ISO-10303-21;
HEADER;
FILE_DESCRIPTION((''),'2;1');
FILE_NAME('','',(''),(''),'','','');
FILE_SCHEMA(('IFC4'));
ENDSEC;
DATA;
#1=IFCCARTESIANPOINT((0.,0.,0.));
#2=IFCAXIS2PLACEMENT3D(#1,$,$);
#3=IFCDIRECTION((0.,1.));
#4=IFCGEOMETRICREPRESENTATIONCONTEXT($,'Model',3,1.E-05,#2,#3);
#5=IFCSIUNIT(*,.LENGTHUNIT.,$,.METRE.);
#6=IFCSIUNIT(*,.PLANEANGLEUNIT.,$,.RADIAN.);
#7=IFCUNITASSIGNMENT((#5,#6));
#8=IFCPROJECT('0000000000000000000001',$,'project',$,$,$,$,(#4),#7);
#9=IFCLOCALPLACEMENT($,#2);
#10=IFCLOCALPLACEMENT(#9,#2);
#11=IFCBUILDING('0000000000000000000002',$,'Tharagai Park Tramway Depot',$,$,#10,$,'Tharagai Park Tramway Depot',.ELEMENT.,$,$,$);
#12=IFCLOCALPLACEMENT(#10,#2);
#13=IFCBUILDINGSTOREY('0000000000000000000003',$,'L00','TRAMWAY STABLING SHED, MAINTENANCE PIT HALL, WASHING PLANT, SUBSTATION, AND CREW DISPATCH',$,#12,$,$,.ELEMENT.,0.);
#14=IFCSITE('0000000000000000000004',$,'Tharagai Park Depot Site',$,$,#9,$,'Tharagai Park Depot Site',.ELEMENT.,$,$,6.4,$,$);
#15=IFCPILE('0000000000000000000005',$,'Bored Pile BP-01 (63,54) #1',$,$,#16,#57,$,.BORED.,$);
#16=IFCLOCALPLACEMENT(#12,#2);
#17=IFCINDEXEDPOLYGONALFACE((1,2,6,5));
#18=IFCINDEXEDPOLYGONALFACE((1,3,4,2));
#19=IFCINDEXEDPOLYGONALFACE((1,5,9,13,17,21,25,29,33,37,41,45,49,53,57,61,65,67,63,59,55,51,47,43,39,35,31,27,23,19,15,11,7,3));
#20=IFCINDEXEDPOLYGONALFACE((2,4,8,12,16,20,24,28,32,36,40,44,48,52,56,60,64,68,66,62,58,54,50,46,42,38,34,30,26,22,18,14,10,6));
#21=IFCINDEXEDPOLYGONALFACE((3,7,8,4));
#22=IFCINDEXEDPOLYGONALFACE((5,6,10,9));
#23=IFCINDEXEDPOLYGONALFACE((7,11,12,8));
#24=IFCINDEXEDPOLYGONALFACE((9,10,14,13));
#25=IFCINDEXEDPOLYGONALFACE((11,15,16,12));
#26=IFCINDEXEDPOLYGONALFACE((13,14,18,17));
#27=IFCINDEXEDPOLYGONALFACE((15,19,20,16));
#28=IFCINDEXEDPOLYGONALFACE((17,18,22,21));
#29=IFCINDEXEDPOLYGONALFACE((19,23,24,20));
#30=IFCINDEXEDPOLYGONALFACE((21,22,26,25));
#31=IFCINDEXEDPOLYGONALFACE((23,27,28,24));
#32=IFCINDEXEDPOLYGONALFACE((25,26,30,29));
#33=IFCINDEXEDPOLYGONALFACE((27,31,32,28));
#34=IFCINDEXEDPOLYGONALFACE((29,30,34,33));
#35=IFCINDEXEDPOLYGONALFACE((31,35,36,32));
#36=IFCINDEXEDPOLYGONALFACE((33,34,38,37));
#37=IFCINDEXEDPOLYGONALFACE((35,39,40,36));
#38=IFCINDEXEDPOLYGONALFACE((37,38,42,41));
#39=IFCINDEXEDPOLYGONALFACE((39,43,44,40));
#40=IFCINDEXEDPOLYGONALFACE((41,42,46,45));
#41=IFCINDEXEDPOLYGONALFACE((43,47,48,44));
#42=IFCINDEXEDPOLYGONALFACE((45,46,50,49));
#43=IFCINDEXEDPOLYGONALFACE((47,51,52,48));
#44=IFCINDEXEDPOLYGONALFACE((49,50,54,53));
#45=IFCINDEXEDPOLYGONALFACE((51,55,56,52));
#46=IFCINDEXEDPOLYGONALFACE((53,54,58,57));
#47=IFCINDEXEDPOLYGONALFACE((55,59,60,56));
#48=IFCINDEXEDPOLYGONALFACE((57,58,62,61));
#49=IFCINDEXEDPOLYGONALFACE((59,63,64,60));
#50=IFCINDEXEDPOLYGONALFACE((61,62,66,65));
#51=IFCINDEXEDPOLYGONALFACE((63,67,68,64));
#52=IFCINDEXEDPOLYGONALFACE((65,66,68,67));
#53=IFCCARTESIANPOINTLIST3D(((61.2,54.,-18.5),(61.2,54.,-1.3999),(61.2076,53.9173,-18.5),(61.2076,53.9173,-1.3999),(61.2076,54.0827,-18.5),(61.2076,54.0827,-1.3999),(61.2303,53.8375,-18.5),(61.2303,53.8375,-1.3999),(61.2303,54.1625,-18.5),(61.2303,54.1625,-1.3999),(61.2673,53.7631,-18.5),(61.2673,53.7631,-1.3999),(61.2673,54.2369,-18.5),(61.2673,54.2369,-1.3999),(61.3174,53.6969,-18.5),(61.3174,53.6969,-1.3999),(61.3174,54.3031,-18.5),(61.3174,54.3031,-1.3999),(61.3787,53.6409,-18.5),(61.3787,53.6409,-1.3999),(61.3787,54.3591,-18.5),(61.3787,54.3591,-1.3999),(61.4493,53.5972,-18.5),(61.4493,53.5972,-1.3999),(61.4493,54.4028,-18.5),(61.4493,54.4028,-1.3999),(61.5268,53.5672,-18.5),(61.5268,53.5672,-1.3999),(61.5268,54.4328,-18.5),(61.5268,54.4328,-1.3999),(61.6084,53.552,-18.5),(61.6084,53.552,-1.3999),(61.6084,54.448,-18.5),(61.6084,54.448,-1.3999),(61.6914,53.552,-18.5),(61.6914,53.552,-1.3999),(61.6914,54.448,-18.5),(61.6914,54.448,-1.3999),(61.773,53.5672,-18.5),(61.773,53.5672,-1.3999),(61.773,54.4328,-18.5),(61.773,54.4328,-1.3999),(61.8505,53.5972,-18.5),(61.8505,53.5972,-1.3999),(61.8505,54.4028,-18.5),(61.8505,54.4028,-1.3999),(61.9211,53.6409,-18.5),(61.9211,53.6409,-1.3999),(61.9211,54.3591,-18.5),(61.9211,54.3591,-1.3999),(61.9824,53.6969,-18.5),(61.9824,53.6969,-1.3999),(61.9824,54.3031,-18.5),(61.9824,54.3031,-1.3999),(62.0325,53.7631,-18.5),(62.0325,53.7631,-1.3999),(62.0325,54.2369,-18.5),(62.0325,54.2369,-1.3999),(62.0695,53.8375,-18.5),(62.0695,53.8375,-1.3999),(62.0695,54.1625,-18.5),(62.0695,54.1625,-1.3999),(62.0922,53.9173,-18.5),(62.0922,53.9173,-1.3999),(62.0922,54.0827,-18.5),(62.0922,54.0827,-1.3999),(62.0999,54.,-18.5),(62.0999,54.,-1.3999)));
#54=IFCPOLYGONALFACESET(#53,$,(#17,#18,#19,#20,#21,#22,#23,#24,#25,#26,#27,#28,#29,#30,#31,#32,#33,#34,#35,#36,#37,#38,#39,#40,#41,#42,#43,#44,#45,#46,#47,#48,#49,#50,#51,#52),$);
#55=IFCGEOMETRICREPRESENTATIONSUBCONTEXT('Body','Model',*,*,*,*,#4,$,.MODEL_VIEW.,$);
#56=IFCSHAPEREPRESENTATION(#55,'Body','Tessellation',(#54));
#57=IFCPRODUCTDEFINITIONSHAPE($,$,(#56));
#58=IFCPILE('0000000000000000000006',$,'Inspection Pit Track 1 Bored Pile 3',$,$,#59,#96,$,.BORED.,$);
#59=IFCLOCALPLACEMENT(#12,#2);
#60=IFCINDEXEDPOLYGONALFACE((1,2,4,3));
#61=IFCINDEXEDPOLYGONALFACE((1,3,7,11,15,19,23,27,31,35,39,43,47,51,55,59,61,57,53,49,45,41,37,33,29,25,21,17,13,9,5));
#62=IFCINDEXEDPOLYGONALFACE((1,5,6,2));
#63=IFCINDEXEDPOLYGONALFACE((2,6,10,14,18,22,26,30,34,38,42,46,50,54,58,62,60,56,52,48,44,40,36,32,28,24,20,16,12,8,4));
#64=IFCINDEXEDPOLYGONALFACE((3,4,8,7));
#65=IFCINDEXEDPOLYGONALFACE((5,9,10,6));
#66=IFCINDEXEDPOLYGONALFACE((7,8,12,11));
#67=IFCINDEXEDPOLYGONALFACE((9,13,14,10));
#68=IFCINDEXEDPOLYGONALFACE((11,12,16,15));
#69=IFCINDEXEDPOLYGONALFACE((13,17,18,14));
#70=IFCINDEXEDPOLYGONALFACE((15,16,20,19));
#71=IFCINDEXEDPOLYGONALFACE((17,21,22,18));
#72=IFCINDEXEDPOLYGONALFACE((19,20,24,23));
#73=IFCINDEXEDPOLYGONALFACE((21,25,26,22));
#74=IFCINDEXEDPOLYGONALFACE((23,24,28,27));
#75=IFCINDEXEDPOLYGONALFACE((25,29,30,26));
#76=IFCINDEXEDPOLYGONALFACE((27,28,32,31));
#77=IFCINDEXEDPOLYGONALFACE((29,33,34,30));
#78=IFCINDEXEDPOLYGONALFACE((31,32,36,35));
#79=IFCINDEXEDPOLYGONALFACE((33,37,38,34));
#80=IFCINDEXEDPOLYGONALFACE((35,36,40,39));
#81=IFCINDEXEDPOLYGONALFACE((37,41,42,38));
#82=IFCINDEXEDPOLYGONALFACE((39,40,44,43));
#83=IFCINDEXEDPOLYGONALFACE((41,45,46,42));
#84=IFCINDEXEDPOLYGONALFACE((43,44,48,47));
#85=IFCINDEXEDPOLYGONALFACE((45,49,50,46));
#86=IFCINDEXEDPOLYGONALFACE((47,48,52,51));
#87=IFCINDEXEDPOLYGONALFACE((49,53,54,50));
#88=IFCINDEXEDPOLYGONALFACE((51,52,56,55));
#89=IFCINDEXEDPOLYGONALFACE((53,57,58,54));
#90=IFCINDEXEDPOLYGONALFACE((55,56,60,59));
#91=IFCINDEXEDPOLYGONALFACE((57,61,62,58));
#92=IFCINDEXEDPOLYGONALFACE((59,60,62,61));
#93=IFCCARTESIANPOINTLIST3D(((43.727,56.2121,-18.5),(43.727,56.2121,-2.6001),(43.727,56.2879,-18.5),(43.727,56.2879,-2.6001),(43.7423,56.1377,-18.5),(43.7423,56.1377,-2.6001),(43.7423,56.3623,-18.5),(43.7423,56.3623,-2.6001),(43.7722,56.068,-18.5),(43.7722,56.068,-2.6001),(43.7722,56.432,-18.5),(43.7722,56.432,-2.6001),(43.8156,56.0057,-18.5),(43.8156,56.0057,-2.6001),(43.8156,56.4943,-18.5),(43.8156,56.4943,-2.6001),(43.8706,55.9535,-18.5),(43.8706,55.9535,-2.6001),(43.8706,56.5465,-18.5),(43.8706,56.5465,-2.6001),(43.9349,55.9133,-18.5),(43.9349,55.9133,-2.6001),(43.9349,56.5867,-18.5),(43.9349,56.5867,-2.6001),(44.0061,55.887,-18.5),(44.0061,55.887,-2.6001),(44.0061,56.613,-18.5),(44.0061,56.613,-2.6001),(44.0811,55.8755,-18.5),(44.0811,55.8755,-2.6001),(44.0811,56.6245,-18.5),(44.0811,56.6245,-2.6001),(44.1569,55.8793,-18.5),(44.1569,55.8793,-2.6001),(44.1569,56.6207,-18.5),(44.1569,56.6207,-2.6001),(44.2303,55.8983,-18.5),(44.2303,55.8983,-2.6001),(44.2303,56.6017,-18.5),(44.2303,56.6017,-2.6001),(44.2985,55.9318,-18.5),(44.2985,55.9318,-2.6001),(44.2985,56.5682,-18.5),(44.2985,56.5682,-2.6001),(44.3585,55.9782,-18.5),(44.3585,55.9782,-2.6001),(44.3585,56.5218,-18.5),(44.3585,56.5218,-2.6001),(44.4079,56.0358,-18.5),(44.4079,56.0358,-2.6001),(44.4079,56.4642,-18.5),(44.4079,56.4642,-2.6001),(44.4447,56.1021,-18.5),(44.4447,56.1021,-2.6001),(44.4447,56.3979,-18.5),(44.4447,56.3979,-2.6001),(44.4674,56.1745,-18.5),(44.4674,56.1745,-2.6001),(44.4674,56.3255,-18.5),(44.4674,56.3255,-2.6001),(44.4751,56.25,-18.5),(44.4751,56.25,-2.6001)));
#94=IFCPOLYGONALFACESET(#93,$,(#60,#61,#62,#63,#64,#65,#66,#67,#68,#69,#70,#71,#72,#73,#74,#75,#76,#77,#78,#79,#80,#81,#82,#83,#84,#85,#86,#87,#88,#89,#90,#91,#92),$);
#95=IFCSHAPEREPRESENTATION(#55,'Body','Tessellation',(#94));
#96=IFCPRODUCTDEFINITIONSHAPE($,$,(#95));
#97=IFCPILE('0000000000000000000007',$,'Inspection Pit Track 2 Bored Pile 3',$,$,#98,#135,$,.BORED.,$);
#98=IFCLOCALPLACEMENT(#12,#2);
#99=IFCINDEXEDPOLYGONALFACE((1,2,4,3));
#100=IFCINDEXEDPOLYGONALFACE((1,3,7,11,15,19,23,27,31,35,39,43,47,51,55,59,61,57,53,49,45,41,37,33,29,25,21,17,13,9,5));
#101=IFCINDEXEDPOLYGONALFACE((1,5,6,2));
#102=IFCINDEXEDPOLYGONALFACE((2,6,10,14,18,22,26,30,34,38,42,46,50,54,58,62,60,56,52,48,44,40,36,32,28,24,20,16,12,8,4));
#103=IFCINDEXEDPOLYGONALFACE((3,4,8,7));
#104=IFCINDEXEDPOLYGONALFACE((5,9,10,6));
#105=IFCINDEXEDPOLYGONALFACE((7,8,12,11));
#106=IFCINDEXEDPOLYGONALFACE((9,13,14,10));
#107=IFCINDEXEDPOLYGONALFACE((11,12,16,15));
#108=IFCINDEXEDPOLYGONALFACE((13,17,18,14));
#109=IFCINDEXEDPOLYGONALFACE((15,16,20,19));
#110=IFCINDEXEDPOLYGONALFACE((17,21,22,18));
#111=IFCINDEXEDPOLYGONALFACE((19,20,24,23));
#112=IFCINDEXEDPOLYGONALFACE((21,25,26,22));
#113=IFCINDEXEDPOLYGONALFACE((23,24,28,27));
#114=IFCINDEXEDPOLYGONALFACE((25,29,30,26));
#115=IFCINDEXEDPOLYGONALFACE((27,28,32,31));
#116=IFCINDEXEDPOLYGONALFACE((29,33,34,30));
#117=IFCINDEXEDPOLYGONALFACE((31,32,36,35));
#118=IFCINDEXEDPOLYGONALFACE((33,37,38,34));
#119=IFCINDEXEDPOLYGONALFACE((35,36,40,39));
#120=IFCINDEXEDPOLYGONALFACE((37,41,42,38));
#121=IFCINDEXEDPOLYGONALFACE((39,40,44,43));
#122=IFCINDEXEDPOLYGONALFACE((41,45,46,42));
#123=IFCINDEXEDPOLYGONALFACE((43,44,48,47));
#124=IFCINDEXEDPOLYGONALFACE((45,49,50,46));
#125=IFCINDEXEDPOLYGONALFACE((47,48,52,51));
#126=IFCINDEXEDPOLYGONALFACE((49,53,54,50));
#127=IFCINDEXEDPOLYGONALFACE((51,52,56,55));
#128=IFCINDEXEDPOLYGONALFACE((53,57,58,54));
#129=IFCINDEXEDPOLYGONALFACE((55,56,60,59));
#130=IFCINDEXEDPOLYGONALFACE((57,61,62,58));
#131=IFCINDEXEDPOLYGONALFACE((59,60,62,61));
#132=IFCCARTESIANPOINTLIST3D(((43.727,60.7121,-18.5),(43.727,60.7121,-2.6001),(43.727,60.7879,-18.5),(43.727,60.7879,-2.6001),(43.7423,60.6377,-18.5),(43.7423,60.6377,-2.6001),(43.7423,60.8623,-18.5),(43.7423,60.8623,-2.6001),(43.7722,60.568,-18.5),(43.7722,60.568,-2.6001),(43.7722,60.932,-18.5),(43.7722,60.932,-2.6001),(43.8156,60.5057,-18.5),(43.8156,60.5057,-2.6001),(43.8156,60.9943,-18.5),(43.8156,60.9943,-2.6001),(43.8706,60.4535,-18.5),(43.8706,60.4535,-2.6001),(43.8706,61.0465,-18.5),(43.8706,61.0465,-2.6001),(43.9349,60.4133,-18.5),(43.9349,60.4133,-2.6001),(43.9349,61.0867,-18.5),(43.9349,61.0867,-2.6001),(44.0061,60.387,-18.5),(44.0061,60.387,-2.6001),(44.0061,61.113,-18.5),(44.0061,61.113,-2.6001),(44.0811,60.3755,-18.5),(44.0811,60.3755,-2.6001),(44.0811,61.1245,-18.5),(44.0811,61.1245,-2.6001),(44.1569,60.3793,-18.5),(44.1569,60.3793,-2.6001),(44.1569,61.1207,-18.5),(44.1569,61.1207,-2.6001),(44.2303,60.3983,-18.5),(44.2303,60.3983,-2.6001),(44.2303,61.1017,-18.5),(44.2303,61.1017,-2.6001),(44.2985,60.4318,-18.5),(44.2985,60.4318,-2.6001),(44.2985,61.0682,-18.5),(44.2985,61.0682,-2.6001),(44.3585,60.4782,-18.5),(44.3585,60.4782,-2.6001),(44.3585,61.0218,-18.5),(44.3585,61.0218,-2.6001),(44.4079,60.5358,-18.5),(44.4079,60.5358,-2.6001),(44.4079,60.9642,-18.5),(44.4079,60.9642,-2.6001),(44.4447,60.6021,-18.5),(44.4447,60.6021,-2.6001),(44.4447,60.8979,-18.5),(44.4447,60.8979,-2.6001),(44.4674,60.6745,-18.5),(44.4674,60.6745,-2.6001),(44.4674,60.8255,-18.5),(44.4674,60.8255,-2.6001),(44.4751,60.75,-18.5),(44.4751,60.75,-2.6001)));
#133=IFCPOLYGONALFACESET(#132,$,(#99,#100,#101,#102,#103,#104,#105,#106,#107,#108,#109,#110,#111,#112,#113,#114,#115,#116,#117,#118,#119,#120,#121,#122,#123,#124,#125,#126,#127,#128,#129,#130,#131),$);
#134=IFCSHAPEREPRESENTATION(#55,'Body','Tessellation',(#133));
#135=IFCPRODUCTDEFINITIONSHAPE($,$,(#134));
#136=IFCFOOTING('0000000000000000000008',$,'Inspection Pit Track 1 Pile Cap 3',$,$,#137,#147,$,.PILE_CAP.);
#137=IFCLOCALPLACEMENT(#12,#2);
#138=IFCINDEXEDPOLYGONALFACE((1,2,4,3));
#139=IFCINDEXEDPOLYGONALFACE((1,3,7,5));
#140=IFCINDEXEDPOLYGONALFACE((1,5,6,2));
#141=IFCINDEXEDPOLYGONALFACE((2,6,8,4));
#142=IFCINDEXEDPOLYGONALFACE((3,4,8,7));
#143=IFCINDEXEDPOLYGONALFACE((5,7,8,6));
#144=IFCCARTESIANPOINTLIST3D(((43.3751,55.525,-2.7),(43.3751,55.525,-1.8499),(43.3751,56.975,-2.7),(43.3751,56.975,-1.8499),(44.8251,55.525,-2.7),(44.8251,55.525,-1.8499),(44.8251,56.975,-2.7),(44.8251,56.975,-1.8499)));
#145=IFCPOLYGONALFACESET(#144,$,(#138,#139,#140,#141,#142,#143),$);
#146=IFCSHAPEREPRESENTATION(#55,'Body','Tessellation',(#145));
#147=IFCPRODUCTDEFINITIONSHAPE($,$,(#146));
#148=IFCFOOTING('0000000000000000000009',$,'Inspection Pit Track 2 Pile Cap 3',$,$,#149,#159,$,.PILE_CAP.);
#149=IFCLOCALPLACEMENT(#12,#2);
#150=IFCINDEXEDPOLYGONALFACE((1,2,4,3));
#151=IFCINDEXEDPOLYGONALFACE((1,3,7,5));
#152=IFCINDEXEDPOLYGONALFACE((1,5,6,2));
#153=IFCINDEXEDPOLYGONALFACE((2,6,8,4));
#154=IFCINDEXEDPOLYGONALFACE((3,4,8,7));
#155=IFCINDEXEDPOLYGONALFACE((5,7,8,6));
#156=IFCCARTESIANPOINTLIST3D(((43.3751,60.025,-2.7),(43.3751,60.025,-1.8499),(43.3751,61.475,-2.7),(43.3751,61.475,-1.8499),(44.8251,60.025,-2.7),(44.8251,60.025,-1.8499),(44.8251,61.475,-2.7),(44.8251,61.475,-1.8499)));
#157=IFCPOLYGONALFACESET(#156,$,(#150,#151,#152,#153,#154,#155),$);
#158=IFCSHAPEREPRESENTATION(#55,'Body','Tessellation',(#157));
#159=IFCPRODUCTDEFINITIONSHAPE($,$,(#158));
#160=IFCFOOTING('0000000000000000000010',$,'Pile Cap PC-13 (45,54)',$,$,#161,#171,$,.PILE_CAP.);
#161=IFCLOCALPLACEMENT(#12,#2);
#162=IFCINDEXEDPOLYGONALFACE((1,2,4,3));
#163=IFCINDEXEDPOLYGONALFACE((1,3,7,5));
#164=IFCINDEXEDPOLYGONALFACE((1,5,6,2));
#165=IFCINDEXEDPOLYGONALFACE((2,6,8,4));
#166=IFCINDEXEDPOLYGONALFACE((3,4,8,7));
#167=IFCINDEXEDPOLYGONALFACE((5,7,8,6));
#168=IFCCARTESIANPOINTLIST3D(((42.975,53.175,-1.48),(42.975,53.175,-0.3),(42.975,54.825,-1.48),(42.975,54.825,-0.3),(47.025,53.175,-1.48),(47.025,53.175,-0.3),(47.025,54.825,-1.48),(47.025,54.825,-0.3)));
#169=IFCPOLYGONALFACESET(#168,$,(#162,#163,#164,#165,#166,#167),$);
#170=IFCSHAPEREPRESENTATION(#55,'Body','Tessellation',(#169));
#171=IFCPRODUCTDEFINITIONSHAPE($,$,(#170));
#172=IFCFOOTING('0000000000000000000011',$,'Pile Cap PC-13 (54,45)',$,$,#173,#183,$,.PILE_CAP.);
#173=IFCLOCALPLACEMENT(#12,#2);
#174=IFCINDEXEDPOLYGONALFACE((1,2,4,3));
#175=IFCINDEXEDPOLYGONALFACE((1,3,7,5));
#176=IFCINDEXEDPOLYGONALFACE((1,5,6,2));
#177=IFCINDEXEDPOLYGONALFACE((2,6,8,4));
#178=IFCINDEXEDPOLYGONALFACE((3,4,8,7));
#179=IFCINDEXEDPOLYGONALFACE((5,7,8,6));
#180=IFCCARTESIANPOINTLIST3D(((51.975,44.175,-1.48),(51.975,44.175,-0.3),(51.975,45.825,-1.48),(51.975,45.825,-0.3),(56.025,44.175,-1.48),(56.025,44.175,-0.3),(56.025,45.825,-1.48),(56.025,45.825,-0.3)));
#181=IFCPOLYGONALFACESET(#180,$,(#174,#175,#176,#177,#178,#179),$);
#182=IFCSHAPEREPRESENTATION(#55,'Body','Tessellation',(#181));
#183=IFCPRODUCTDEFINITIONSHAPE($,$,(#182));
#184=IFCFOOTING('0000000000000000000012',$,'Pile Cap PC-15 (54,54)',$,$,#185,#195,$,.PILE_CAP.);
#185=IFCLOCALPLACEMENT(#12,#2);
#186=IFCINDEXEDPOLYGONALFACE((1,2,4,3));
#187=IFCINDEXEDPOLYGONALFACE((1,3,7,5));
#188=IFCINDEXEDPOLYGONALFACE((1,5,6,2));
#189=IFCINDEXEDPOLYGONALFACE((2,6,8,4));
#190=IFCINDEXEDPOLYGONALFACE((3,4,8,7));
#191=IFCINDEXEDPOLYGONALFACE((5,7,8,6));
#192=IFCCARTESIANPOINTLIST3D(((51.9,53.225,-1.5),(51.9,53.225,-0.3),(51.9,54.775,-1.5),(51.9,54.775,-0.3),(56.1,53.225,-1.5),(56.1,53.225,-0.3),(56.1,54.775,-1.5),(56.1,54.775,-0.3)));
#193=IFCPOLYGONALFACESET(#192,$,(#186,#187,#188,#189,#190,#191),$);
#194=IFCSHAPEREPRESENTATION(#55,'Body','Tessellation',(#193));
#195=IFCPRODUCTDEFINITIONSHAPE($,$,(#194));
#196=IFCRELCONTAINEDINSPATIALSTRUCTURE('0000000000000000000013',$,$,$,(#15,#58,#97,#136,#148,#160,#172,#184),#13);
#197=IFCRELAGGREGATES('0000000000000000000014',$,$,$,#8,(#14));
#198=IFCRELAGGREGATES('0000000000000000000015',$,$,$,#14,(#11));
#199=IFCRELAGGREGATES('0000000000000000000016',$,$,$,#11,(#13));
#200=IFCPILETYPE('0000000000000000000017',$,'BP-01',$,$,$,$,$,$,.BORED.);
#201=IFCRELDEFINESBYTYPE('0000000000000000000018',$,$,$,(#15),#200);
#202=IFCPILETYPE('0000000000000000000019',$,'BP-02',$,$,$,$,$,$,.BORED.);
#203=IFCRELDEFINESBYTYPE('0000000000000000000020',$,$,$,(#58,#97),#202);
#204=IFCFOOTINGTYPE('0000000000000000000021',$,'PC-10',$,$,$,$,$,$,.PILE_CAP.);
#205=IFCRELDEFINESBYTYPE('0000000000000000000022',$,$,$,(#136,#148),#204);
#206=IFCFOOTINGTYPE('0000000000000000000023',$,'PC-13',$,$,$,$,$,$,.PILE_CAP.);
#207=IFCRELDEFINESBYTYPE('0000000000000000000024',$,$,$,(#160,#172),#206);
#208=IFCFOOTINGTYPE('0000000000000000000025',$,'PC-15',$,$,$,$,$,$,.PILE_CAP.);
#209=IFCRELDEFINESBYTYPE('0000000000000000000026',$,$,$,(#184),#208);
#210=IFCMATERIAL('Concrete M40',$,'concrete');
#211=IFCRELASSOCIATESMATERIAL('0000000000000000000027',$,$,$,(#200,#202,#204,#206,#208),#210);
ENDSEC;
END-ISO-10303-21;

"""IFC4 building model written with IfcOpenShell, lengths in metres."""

from ifc_helpers import new_model, si_unit, direction, frame, origin, origin_2d, place, context, subcontext, project, spatial, rectangle, circle, extrude, material, material_profile, profile_set, type_object, element, save


model = new_model("IFC4")

# Units and contexts
model_context = context("Model", 3, precision=1e-05, world=origin(), true_north=direction((0.0, 1.0)))
body_context = subcontext(model_context, "Body", "Model", "MODEL_VIEW")
ifc_project = project(units=[si_unit("LENGTHUNIT", "METRE"), si_unit("PLANEANGLEUNIT", "RADIAN")], contexts=[model_context])

# Site, building, storey
site_placement = place(None, origin())
site = spatial("IfcSite", under=ifc_project, at=site_placement, Name="Tharagai Park Depot Site", LongName="Tharagai Park Depot Site", CompositionType="ELEMENT", RefElevation=6.4)
building_placement = place(site_placement, origin())
building = spatial("IfcBuilding", under=site, at=building_placement, Name="Tharagai Park Tramway Depot", LongName="Tharagai Park Tramway Depot", CompositionType="ELEMENT")
storey_placement = place(building_placement, origin())
storey = spatial("IfcBuildingStorey", under=building, at=storey_placement, Name="L00", Description="TRAMWAY STABLING SHED, MAINTENANCE PIT HALL, WASHING PLANT, SUBSTATION, AND CREW DISPATCH", CompositionType="ELEMENT", Elevation=0.0)

# Piles
ifc_material_1 = material(Name="Concrete M40", Category="concrete")
ifc_material_profile_1 = material_profile(ifc_material_1, circle(Radius=0.45, at=origin_2d()), Name="PILE D900")
ifc_profile_set_1 = profile_set([ifc_material_profile_1], Name="Concrete M40")
pile_type_1 = type_object("IfcPileType", Name="BP-01", PredefinedType="BORED", material=ifc_profile_set_1)
for number, where, z_axis, x_axis, name in (
    (1, (61.6499, 54.0, -1.3999), (0.0, 0.0, -1.0), (1.0, 0.0, 0.0), "Bored Pile BP-01 (63,54) #1"),
):
    element("IfcPile", number, at=place(storey_placement, frame(where, z_axis=z_axis, x_axis=x_axis)), inside=storey, type_object=pile_type_1, Name=name, PredefinedType="BORED", context=body_context, shape_type="SweptSolid", body=[
        extrude(circle(Radius=0.45, at=origin_2d()), origin(), (0.0, 0.0, 1.0), 17.1001),
    ])
ifc_material_profile_2 = material_profile(ifc_material_1, circle(Radius=0.375, at=origin_2d()), Name="PILE D750")
ifc_profile_set_2 = profile_set([ifc_material_profile_2], Name="Concrete M40")
pile_type_2 = type_object("IfcPileType", Name="BP-02", PredefinedType="BORED", material=ifc_profile_set_2)
for number, where, z_axis, x_axis, name in (
    (2, (44.1001, 56.25, -2.6001), (0.0, 0.0, -1.0), (1.0, 0.0, 0.0), "Inspection Pit Track 1 Bored Pile 3"),
    (3, (44.1001, 60.75, -2.6001), (0.0, 0.0, -1.0), (1.0, 0.0, 0.0), "Inspection Pit Track 2 Bored Pile 3"),
):
    element("IfcPile", number, at=place(storey_placement, frame(where, z_axis=z_axis, x_axis=x_axis)), inside=storey, type_object=pile_type_2, Name=name, PredefinedType="BORED", context=body_context, shape_type="SweptSolid", body=[
        extrude(circle(Radius=0.375, at=origin_2d()), origin(), (0.0, 0.0, 1.0), 15.8999),
    ])

# Footings
footing_type_1 = type_object("IfcFootingType", Name="PC-10", PredefinedType="PILE_CAP", material=ifc_material_1)
for number, where, z_axis, x_axis, name in (
    (4, (44.1001, 56.25, -2.7), (0.0, 0.0, 1.0), (1.0, 0.0, 0.0), "Inspection Pit Track 1 Pile Cap 3"),
    (5, (44.1001, 60.75, -2.7), (0.0, 0.0, 1.0), (1.0, 0.0, 0.0), "Inspection Pit Track 2 Pile Cap 3"),
):
    element("IfcFooting", number, at=place(storey_placement, frame(where, z_axis=z_axis, x_axis=x_axis)), inside=storey, type_object=footing_type_1, Name=name, PredefinedType="PILE_CAP", context=body_context, shape_type="SweptSolid", body=[
        extrude(rectangle(XDim=1.45, YDim=1.45, at=origin_2d()), origin(), (0.0, 0.0, 1.0), 0.8501),
    ])
footing_type_2 = type_object("IfcFootingType", Name="PC-13", PredefinedType="PILE_CAP", material=ifc_material_1)
for number, where, z_axis, x_axis, name in (
    (6, (45.0, 54.0, -1.48), (0.0, 0.0, 1.0), (1.0, 0.0, 0.0), "Pile Cap PC-13 (45,54)"),
    (7, (54.0, 45.0, -1.48), (0.0, 0.0, 1.0), (1.0, 0.0, 0.0), "Pile Cap PC-13 (54,45)"),
):
    element("IfcFooting", number, at=place(storey_placement, frame(where, z_axis=z_axis, x_axis=x_axis)), inside=storey, type_object=footing_type_2, Name=name, PredefinedType="PILE_CAP", context=body_context, shape_type="SweptSolid", body=[
        extrude(rectangle(XDim=4.05, YDim=1.6499, at=origin_2d()), origin(), (0.0, 0.0, 1.0), 1.1799),
    ])
footing_type_3 = type_object("IfcFootingType", Name="PC-15", PredefinedType="PILE_CAP", material=ifc_material_1)
footing_placement = place(storey_placement, frame((54.0, 54.0, -1.5), z_axis=(0.0, 0.0, 1.0), x_axis=(1.0, 0.0, 0.0)))
element("IfcFooting", 8, at=footing_placement, inside=storey, type_object=footing_type_3, Name="Pile Cap PC-15 (54,54)", PredefinedType="PILE_CAP", context=body_context, shape_type="SweptSolid", body=[
    extrude(rectangle(XDim=4.2, YDim=1.55, at=origin_2d()), origin(), (0.0, 0.0, 1.0), 1.2),
])

save(model, "model.ifc")
